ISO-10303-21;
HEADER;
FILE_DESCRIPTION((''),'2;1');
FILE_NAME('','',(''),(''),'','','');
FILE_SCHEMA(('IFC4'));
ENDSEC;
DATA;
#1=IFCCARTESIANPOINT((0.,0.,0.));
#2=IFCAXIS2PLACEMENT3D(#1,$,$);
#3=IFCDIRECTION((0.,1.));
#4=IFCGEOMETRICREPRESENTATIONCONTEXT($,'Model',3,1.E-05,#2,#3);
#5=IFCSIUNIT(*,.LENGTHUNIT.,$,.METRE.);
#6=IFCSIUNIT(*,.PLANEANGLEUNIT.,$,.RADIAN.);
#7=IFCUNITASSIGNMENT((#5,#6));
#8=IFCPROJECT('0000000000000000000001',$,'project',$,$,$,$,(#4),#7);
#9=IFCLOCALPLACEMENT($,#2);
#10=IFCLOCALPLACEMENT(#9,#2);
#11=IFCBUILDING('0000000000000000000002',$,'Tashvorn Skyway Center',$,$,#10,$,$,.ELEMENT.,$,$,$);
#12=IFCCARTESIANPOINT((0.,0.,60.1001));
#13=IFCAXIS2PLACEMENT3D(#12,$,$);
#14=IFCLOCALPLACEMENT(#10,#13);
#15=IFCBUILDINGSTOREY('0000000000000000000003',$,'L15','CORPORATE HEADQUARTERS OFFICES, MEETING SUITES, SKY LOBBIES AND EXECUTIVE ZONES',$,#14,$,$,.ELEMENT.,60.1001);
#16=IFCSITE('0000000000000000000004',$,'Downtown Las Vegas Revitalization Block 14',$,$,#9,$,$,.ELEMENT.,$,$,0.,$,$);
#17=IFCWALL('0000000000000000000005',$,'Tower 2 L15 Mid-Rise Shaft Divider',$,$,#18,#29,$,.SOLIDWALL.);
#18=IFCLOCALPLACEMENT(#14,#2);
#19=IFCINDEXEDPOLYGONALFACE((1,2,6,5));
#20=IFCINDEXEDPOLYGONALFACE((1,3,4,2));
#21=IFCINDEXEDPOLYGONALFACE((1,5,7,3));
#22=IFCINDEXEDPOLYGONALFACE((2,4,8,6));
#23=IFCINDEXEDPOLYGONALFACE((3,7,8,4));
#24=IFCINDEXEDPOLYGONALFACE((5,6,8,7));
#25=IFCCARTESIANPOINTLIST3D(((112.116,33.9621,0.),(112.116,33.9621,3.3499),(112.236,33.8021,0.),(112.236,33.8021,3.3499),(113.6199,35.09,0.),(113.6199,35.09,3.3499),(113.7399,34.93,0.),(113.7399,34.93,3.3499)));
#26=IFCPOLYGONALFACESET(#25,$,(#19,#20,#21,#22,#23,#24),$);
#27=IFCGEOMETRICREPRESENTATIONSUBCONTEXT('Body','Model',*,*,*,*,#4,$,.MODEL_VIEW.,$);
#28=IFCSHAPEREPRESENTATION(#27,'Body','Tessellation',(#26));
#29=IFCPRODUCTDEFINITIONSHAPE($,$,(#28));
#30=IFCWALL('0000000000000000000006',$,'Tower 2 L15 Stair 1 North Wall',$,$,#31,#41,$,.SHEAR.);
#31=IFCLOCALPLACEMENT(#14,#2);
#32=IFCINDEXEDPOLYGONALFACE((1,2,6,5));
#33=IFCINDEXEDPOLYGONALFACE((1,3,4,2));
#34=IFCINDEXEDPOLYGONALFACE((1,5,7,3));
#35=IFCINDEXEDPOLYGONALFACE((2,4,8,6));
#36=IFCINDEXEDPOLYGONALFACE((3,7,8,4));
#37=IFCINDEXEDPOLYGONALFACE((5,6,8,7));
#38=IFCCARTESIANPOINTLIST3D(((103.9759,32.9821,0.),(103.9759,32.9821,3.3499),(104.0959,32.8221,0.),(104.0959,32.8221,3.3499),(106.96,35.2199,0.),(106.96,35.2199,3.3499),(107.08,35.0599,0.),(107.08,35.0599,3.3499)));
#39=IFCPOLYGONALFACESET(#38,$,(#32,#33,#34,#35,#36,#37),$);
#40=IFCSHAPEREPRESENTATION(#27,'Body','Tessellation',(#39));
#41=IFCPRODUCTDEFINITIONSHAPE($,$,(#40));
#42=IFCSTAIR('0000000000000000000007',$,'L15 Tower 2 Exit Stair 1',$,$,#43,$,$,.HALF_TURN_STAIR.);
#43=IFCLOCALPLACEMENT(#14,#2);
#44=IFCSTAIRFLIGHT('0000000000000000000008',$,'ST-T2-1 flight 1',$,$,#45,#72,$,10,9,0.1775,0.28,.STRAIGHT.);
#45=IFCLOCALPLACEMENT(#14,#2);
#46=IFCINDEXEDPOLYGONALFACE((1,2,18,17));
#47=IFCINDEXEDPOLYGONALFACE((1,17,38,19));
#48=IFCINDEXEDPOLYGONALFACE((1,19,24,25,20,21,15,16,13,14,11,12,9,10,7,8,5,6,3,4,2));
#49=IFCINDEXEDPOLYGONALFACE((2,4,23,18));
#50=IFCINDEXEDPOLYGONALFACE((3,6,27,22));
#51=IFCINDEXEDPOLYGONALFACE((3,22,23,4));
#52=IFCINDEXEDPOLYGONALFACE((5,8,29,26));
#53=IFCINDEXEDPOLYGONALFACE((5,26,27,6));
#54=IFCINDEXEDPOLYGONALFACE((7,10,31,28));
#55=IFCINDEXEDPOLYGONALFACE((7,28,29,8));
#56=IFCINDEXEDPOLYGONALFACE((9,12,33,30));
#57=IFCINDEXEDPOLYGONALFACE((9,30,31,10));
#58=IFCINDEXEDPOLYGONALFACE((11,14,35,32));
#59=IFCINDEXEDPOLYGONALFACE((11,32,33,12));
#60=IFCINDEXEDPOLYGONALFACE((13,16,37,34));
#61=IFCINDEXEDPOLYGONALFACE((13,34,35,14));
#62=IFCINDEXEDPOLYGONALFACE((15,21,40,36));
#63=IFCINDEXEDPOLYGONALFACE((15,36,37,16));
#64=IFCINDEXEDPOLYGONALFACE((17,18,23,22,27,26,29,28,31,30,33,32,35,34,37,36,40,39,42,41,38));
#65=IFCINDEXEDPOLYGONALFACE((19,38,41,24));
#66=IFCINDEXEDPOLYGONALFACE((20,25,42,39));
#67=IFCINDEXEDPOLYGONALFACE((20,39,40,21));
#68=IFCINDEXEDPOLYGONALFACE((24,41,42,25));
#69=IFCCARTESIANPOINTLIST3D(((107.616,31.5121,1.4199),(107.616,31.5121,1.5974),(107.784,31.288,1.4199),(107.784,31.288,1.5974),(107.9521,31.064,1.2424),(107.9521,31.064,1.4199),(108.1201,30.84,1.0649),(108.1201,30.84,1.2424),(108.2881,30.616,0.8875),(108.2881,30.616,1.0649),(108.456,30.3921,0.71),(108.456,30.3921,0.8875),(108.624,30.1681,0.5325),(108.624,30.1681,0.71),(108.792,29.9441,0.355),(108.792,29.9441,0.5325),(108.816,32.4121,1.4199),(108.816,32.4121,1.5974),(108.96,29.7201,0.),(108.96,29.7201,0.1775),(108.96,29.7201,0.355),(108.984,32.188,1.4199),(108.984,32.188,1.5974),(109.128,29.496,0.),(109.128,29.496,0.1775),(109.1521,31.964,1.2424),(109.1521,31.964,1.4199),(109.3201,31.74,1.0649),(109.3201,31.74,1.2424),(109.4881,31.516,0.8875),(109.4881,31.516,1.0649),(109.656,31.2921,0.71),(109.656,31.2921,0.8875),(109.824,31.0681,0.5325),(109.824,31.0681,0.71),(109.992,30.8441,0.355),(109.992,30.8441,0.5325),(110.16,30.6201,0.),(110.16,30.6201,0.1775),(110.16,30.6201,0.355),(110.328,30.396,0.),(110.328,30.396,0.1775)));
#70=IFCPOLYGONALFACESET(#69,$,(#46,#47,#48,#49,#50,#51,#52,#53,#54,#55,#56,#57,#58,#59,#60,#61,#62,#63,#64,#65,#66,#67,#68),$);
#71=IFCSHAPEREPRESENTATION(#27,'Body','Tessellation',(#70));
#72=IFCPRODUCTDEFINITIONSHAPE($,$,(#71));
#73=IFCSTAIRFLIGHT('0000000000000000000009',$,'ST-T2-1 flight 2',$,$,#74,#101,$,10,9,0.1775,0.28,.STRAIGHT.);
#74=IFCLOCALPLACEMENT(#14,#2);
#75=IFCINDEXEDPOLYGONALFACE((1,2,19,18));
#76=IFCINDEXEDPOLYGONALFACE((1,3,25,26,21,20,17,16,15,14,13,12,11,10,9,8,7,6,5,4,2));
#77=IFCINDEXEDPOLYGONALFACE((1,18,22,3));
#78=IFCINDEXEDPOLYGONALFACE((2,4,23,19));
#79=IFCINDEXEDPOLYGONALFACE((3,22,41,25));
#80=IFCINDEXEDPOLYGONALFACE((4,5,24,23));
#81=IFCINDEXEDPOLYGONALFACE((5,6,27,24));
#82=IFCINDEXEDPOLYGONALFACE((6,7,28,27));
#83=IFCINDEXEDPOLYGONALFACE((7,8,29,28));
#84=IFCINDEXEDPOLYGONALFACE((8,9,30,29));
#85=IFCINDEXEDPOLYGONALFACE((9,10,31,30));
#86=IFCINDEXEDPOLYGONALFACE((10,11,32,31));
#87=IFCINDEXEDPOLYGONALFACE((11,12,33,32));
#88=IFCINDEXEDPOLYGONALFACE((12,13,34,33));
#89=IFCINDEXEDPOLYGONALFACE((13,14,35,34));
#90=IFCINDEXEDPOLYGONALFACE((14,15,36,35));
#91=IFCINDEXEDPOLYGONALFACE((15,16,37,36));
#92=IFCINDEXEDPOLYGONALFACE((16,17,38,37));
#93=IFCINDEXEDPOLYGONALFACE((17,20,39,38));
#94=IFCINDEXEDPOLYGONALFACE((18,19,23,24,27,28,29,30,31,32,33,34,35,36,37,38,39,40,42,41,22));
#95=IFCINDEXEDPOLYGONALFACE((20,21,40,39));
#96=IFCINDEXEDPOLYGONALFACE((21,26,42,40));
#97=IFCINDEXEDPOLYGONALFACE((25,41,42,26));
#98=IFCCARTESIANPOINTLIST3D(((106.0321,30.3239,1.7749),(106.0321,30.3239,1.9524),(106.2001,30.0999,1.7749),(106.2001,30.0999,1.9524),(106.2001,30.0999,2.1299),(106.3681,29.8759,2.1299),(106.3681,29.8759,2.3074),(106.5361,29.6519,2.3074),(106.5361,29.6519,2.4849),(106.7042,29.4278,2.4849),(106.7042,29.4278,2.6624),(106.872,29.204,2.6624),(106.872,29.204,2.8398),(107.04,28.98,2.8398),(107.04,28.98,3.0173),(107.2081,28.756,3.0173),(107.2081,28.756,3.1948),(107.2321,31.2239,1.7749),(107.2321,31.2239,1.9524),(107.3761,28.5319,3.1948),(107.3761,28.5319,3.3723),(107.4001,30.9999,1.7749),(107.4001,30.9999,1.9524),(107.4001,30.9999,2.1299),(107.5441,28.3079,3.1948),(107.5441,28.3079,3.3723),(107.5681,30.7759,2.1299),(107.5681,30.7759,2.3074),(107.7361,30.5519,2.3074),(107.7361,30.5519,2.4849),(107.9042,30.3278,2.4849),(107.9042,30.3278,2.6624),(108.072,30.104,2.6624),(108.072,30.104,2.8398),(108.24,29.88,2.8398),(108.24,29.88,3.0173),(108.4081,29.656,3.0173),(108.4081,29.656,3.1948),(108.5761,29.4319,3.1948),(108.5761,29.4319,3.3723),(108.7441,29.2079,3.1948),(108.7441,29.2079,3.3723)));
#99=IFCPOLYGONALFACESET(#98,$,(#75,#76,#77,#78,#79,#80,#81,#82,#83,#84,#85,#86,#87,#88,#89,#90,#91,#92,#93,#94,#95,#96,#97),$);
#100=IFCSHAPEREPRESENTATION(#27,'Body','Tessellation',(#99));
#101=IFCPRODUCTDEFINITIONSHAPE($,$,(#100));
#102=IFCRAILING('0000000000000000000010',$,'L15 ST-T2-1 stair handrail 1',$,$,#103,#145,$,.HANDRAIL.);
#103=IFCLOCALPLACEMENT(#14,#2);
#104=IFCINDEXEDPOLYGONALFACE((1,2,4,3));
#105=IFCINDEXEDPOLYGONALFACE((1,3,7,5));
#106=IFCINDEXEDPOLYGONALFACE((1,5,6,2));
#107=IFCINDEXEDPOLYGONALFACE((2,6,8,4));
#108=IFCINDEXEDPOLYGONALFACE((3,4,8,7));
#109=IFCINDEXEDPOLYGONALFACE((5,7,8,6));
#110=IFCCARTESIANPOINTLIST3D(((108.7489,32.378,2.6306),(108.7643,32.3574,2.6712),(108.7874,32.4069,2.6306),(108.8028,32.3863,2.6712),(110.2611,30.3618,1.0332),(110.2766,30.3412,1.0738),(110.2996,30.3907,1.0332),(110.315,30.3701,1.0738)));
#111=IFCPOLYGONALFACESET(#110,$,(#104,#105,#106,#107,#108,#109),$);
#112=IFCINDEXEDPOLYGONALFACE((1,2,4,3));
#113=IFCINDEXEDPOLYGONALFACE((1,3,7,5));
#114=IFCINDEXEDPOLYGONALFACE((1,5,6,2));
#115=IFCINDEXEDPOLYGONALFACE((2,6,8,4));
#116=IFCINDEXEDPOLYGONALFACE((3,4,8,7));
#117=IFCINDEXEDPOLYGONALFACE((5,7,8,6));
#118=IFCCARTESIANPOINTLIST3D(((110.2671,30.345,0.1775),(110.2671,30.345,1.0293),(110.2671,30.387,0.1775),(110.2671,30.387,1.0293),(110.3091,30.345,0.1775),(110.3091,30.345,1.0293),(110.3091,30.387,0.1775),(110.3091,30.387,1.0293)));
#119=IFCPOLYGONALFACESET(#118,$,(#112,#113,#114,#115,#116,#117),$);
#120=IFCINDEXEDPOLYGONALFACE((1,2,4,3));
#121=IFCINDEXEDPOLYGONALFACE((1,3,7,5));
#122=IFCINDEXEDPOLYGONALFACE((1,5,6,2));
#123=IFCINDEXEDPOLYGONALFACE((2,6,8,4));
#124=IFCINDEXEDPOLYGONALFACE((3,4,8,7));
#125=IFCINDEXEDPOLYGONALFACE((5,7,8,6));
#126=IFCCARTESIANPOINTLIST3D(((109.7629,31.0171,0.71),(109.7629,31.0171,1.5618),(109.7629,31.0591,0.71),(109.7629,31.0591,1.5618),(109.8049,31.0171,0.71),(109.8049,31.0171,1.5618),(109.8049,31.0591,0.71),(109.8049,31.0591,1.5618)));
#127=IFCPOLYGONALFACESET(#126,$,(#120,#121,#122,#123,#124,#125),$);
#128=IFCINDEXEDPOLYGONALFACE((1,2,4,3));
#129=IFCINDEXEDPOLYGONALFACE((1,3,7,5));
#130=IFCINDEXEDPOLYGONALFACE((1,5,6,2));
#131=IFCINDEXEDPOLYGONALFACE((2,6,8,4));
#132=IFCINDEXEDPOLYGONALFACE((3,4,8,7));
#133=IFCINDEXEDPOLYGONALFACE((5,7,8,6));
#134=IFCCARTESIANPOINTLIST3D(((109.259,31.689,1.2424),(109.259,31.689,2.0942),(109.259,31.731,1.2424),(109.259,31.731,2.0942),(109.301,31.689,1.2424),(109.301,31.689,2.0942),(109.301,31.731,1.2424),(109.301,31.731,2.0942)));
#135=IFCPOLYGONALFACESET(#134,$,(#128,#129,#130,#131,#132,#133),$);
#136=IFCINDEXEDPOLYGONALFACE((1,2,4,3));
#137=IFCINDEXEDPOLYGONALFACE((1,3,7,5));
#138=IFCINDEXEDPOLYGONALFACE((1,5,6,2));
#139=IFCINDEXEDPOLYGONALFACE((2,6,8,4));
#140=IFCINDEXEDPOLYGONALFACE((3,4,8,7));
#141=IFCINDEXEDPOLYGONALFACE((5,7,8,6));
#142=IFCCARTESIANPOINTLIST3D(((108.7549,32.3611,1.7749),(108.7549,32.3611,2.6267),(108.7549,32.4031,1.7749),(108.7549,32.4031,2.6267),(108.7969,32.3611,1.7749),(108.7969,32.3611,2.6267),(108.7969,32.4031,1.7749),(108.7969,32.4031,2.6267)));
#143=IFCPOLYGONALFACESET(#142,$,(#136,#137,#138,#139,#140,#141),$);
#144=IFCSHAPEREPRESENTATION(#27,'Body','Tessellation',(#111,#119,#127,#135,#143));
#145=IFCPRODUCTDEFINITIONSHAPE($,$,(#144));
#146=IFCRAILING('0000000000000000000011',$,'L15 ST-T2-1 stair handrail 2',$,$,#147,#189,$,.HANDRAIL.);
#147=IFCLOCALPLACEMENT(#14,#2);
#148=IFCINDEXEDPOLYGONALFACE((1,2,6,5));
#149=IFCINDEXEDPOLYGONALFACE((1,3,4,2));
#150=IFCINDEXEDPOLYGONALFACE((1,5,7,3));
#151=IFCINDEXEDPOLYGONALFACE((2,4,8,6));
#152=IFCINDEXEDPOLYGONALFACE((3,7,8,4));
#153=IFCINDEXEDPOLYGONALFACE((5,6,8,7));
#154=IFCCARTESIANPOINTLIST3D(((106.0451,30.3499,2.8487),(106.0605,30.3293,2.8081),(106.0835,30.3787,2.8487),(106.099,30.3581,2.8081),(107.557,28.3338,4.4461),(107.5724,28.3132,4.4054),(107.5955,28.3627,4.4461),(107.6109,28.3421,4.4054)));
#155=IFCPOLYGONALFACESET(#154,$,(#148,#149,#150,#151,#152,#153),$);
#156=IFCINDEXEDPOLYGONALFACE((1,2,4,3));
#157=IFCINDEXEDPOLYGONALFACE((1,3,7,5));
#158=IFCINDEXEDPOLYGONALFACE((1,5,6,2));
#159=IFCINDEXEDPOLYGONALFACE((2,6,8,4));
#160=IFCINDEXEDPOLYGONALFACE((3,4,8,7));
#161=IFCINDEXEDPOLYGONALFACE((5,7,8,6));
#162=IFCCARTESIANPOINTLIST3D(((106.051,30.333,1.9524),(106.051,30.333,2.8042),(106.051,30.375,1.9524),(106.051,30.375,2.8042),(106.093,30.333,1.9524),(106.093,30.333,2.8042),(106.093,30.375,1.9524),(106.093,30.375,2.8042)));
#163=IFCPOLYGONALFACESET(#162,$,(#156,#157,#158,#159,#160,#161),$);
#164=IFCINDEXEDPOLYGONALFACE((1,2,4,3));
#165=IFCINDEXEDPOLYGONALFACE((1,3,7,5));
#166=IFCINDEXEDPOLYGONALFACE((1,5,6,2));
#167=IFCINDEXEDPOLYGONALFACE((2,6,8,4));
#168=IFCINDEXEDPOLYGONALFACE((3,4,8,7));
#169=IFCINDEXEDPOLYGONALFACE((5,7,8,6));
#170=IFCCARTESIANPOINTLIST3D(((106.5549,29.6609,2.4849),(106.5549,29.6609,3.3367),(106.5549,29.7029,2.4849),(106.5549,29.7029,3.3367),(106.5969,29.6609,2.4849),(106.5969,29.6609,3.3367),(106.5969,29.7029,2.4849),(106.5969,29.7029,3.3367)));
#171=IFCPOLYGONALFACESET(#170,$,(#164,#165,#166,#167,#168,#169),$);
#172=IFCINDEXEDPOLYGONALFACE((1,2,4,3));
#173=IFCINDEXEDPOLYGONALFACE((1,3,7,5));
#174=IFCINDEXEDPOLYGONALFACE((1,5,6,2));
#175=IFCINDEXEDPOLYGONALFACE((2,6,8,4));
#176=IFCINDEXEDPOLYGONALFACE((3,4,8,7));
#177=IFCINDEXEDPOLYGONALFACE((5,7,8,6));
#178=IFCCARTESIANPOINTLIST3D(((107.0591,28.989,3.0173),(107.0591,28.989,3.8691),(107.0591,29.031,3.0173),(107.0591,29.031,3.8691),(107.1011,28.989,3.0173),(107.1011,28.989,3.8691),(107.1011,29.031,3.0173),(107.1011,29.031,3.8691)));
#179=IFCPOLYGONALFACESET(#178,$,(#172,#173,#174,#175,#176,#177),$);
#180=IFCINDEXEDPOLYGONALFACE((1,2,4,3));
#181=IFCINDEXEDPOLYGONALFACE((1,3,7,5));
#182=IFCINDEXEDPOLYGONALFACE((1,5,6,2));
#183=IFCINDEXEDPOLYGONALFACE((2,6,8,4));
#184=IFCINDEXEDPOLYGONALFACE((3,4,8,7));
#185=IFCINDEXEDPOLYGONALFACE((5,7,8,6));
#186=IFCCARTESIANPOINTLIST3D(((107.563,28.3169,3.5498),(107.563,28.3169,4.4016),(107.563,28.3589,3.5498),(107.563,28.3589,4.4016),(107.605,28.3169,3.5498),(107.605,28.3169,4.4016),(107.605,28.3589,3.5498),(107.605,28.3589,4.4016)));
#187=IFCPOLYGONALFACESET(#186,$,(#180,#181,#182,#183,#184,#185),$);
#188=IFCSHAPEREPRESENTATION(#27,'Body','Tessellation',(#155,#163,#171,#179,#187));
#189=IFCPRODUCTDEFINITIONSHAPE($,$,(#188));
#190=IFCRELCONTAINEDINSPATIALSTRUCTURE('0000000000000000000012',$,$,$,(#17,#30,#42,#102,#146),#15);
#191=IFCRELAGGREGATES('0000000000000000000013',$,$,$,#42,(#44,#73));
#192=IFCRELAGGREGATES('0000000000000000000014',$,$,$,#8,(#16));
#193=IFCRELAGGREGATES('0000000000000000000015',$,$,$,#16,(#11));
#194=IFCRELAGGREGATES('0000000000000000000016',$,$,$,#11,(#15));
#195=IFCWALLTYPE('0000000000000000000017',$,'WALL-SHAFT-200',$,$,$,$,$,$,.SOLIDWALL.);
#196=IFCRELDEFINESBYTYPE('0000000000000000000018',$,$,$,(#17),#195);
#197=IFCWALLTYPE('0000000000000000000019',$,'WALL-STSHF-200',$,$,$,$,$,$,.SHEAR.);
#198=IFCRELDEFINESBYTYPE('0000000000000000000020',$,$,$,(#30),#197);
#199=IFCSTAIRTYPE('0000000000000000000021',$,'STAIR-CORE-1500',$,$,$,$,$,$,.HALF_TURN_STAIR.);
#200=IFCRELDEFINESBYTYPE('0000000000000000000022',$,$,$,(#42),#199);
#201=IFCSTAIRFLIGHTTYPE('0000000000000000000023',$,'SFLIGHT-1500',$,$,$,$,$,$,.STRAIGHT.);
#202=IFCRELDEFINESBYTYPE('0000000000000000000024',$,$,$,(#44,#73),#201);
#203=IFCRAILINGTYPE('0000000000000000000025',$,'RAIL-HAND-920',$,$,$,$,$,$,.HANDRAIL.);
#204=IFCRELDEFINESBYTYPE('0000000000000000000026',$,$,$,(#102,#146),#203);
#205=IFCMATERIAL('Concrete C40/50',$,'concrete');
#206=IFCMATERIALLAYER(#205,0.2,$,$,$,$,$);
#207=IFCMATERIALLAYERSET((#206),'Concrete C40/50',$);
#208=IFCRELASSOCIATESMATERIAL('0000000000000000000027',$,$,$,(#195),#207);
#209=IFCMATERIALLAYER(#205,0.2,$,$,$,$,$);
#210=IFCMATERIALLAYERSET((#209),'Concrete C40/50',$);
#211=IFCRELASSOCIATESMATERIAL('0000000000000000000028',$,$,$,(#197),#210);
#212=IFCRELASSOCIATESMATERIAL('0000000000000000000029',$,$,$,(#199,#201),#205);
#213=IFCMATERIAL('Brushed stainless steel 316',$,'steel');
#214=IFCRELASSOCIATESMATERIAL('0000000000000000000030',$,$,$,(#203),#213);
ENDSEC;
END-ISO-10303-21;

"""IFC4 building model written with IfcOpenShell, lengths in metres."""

from ifc_helpers import new_model, si_unit, direction, frame, frame_2d, origin, origin_2d, place, context, subcontext, project, spatial, polyline, rectangle, outline, extrude, material, layer, layer_set, type_object, element, aggregate, save


model = new_model("IFC4")

# Units and contexts
model_context = context("Model", 3, precision=1e-05, world=origin(), true_north=direction((0.0, 1.0)))
body_context = subcontext(model_context, "Body", "Model", "MODEL_VIEW")
ifc_project = project(units=[si_unit("LENGTHUNIT", "METRE"), si_unit("PLANEANGLEUNIT", "RADIAN")], contexts=[model_context])

# Site, building, storey
site_placement = place(None, origin())
site = spatial("IfcSite", under=ifc_project, at=site_placement, Name="Downtown Las Vegas Revitalization Block 14", CompositionType="ELEMENT", RefElevation=0.0)
building_placement = place(site_placement, origin())
building = spatial("IfcBuilding", under=site, at=building_placement, Name="Tashvorn Skyway Center", CompositionType="ELEMENT")
storey_placement = place(building_placement, frame((0.0, 0.0, 60.1001)))
storey = spatial("IfcBuildingStorey", under=building, at=storey_placement, Name="L15", Description="CORPORATE HEADQUARTERS OFFICES, MEETING SUITES, SKY LOBBIES AND EXECUTIVE ZONES", CompositionType="ELEMENT", Elevation=60.1001)

# Shared definitions
ifc_material_1 = material(Name="Concrete C40/50", Category="concrete")

# Walls
ifc_layer_1 = layer(ifc_material_1, 0.2)
ifc_layer_set_1 = layer_set([ifc_layer_1], Name="Concrete C40/50")
wall_type_1 = type_object("IfcWallType", Name="WALL-SHAFT-200", PredefinedType="SOLIDWALL", material=ifc_layer_set_1)
wall_1_placement = place(storey_placement, frame((112.176, 33.8821, 0.0), z_axis=(0.0, 0.0, 1.0), x_axis=(0.8, 0.6, 0.0)))
element("IfcWall", 1, at=wall_1_placement, inside=storey, type_object=wall_type_1, Name="Tower 2 L15 Mid-Rise Shaft Divider", PredefinedType="SOLIDWALL", context=body_context, shape_type="SweptSolid", body=[
    extrude(rectangle(XDim=1.8799, YDim=0.2, at=frame_2d((0.9399, 0.0))), origin(), (0.0, 0.0, 1.0), 3.3499),
])
ifc_layer_2 = layer(ifc_material_1, 0.2)
ifc_layer_set_2 = layer_set([ifc_layer_2], Name="Concrete C40/50")
wall_type_2 = type_object("IfcWallType", Name="WALL-STSHF-200", PredefinedType="SHEAR", material=ifc_layer_set_2)
wall_2_placement = place(storey_placement, frame((104.0359, 32.9021, 0.0), z_axis=(0.0, 0.0, 1.0), x_axis=(0.800039, 0.599948, 0.0)))
element("IfcWall", 2, at=wall_2_placement, inside=storey, type_object=wall_type_2, Name="Tower 2 L15 Stair 1 North Wall", PredefinedType="SHEAR", context=body_context, shape_type="SweptSolid", body=[
    extrude(rectangle(XDim=3.73, YDim=0.2, at=frame_2d((1.865, 0.0))), origin(), (0.0, 0.0, 1.0), 3.3499),
])

# Stair, stair flights
stair_type = type_object("IfcStairType", Name="STAIR-CORE-1500", PredefinedType="HALF_TURN_STAIR", material=ifc_material_1)
stair_placement = place(storey_placement, origin())
stair = element("IfcStair", 3, at=stair_placement, inside=storey, type_object=stair_type, Name="L15 Tower 2 Exit Stair 1", PredefinedType="HALF_TURN_STAIR")
stair_flight_type = type_object("IfcStairFlightType", Name="SFLIGHT-1500", PredefinedType="STRAIGHT", material=ifc_material_1)
stair_flight_1_placement = place(storey_placement, frame((109.728, 29.946, 0.0), z_axis=(0.0, 0.0, 1.0), x_axis=(-0.6, 0.8, 0.0)))
stair_flight_1 = element("IfcStairFlight", 4, at=stair_flight_1_placement, type_object=stair_flight_type, Name="ST-T2-1 flight 1", NumberOfRisers=10, NumberOfTreads=9, PredefinedType="STRAIGHT", RiserHeight=0.1775, TreadLength=0.28, context=body_context, shape_type="SweptSolid", body=[
    extrude(outline(polyline([(0.0, 0.0), (0.0, 0.1775), (0.28, 0.1775), (0.28, 0.355), (0.5601, 0.355), (0.5601, 0.5325), (0.8401, 0.5325), (0.8401, 0.71), (1.1201, 0.71), (1.1201, 0.8875), (1.3999, 0.8875), (1.3999, 1.0649), (1.6799, 1.0649), (1.6799, 1.2424), (1.96, 1.2424), (1.96, 1.4199), (2.24, 1.4199), (2.24, 1.5974), (2.52, 1.5974), (2.52, 1.7749), (2.52, 1.4199), (0.28, 0.0), (0.0, 0.0)])), frame((0.0, 0.75, 0.0), z_axis=(0.0, -1.0, 0.0), x_axis=(1.0, 0.0, 0.0)), (0.0, 0.0, 1.0), 1.5),
])
stair_flight_2_placement = place(storey_placement, frame((106.6321, 30.7739, 1.7749), z_axis=(0.0, 0.0, 1.0), x_axis=(0.6, -0.8, 0.0)))
stair_flight_2 = element("IfcStairFlight", 5, at=stair_flight_2_placement, type_object=stair_flight_type, Name="ST-T2-1 flight 2", NumberOfRisers=10, NumberOfTreads=9, PredefinedType="STRAIGHT", RiserHeight=0.1775, TreadLength=0.28, context=body_context, shape_type="SweptSolid", body=[
    extrude(outline(polyline([(0.0, 0.0), (0.0, 0.1775), (0.28, 0.1775), (0.28, 0.355), (0.5601, 0.355), (0.5601, 0.5325), (0.8401, 0.5325), (0.8401, 0.71), (1.1201, 0.71), (1.1201, 0.8875), (1.3999, 0.8875), (1.3999, 1.0649), (1.6799, 1.0649), (1.6799, 1.2424), (1.96, 1.2424), (1.96, 1.4199), (2.24, 1.4199), (2.24, 1.5974), (2.52, 1.5974), (2.52, 1.7749), (2.52, 1.4199), (0.28, 0.0), (0.0, 0.0)])), frame((0.0, 0.75, 0.0), z_axis=(0.0, -1.0, 0.0), x_axis=(1.0, 0.0, 0.0)), (0.0, 0.0, 1.0), 1.5),
])
aggregate(stair, [stair_flight_1, stair_flight_2])

# Railings
ifc_material_2 = material(Name="Brushed stainless steel 316", Category="steel")
railing_type_1 = type_object("IfcRailingType", Name="RAIL-HAND-920", PredefinedType="HANDRAIL", material=ifc_material_2)
railing_1_placement = place(storey_placement, frame((110.2881, 30.366, 0.1775)))
element("IfcRailing", 6, at=railing_1_placement, inside=storey, type_object=railing_type_1, Name="L15 ST-T2-1 stair handrail 1", PredefinedType="HANDRAIL", context=body_context, shape_type="SweptSolid", body=[
    extrude(rectangle(XDim=0.0481, YDim=0.0481, at=origin_2d()), frame((0.0, 0.0, 0.876), z_axis=(-0.506802, 0.675681, 0.535357), x_axis=(-0.799977, -0.600031, 0.0)), (0.0, 0.0, 1.0), 2.9839),
    extrude(rectangle(XDim=0.042, YDim=0.042, at=origin_2d()), origin(), (0.0, 0.0, 1.0), 0.8518),
    extrude(rectangle(XDim=0.042, YDim=0.042, at=origin_2d()), frame((-0.5042, 0.6721, 0.5325)), (0.0, 0.0, 1.0), 0.8518),
    extrude(rectangle(XDim=0.042, YDim=0.042, at=origin_2d()), frame((-1.0081, 1.344, 1.0649)), (0.0, 0.0, 1.0), 0.8518),
    extrude(rectangle(XDim=0.042, YDim=0.042, at=origin_2d()), frame((-1.5122, 2.0161, 1.5974)), (0.0, 0.0, 1.0), 0.8518),
])
railing_2_placement = place(storey_placement, frame((106.072, 30.354, 1.9524)))
element("IfcRailing", 7, at=railing_2_placement, inside=storey, type_object=railing_type_1, Name="L15 ST-T2-1 stair handrail 2", PredefinedType="HANDRAIL", context=body_context, shape_type="SweptSolid", body=[
    extrude(rectangle(XDim=0.0481, YDim=0.0481, at=origin_2d()), frame((0.0, 0.0, 0.876), z_axis=(0.506741, -0.675709, 0.535379), x_axis=(0.800023, 0.599969, 0.0)), (0.0, 0.0, 1.0), 2.9836),
    extrude(rectangle(XDim=0.042, YDim=0.042, at=origin_2d()), origin(), (0.0, 0.0, 1.0), 0.8518),
    extrude(rectangle(XDim=0.042, YDim=0.042, at=origin_2d()), frame((0.5039, -0.6721, 0.5325)), (0.0, 0.0, 1.0), 0.8518),
    extrude(rectangle(XDim=0.042, YDim=0.042, at=origin_2d()), frame((1.0081, -1.344, 1.0649)), (0.0, 0.0, 1.0), 0.8518),
    extrude(rectangle(XDim=0.042, YDim=0.042, at=origin_2d()), frame((1.512, -2.0161, 1.5974)), (0.0, 0.0, 1.0), 0.8518),
])

save(model, "model.ifc")
